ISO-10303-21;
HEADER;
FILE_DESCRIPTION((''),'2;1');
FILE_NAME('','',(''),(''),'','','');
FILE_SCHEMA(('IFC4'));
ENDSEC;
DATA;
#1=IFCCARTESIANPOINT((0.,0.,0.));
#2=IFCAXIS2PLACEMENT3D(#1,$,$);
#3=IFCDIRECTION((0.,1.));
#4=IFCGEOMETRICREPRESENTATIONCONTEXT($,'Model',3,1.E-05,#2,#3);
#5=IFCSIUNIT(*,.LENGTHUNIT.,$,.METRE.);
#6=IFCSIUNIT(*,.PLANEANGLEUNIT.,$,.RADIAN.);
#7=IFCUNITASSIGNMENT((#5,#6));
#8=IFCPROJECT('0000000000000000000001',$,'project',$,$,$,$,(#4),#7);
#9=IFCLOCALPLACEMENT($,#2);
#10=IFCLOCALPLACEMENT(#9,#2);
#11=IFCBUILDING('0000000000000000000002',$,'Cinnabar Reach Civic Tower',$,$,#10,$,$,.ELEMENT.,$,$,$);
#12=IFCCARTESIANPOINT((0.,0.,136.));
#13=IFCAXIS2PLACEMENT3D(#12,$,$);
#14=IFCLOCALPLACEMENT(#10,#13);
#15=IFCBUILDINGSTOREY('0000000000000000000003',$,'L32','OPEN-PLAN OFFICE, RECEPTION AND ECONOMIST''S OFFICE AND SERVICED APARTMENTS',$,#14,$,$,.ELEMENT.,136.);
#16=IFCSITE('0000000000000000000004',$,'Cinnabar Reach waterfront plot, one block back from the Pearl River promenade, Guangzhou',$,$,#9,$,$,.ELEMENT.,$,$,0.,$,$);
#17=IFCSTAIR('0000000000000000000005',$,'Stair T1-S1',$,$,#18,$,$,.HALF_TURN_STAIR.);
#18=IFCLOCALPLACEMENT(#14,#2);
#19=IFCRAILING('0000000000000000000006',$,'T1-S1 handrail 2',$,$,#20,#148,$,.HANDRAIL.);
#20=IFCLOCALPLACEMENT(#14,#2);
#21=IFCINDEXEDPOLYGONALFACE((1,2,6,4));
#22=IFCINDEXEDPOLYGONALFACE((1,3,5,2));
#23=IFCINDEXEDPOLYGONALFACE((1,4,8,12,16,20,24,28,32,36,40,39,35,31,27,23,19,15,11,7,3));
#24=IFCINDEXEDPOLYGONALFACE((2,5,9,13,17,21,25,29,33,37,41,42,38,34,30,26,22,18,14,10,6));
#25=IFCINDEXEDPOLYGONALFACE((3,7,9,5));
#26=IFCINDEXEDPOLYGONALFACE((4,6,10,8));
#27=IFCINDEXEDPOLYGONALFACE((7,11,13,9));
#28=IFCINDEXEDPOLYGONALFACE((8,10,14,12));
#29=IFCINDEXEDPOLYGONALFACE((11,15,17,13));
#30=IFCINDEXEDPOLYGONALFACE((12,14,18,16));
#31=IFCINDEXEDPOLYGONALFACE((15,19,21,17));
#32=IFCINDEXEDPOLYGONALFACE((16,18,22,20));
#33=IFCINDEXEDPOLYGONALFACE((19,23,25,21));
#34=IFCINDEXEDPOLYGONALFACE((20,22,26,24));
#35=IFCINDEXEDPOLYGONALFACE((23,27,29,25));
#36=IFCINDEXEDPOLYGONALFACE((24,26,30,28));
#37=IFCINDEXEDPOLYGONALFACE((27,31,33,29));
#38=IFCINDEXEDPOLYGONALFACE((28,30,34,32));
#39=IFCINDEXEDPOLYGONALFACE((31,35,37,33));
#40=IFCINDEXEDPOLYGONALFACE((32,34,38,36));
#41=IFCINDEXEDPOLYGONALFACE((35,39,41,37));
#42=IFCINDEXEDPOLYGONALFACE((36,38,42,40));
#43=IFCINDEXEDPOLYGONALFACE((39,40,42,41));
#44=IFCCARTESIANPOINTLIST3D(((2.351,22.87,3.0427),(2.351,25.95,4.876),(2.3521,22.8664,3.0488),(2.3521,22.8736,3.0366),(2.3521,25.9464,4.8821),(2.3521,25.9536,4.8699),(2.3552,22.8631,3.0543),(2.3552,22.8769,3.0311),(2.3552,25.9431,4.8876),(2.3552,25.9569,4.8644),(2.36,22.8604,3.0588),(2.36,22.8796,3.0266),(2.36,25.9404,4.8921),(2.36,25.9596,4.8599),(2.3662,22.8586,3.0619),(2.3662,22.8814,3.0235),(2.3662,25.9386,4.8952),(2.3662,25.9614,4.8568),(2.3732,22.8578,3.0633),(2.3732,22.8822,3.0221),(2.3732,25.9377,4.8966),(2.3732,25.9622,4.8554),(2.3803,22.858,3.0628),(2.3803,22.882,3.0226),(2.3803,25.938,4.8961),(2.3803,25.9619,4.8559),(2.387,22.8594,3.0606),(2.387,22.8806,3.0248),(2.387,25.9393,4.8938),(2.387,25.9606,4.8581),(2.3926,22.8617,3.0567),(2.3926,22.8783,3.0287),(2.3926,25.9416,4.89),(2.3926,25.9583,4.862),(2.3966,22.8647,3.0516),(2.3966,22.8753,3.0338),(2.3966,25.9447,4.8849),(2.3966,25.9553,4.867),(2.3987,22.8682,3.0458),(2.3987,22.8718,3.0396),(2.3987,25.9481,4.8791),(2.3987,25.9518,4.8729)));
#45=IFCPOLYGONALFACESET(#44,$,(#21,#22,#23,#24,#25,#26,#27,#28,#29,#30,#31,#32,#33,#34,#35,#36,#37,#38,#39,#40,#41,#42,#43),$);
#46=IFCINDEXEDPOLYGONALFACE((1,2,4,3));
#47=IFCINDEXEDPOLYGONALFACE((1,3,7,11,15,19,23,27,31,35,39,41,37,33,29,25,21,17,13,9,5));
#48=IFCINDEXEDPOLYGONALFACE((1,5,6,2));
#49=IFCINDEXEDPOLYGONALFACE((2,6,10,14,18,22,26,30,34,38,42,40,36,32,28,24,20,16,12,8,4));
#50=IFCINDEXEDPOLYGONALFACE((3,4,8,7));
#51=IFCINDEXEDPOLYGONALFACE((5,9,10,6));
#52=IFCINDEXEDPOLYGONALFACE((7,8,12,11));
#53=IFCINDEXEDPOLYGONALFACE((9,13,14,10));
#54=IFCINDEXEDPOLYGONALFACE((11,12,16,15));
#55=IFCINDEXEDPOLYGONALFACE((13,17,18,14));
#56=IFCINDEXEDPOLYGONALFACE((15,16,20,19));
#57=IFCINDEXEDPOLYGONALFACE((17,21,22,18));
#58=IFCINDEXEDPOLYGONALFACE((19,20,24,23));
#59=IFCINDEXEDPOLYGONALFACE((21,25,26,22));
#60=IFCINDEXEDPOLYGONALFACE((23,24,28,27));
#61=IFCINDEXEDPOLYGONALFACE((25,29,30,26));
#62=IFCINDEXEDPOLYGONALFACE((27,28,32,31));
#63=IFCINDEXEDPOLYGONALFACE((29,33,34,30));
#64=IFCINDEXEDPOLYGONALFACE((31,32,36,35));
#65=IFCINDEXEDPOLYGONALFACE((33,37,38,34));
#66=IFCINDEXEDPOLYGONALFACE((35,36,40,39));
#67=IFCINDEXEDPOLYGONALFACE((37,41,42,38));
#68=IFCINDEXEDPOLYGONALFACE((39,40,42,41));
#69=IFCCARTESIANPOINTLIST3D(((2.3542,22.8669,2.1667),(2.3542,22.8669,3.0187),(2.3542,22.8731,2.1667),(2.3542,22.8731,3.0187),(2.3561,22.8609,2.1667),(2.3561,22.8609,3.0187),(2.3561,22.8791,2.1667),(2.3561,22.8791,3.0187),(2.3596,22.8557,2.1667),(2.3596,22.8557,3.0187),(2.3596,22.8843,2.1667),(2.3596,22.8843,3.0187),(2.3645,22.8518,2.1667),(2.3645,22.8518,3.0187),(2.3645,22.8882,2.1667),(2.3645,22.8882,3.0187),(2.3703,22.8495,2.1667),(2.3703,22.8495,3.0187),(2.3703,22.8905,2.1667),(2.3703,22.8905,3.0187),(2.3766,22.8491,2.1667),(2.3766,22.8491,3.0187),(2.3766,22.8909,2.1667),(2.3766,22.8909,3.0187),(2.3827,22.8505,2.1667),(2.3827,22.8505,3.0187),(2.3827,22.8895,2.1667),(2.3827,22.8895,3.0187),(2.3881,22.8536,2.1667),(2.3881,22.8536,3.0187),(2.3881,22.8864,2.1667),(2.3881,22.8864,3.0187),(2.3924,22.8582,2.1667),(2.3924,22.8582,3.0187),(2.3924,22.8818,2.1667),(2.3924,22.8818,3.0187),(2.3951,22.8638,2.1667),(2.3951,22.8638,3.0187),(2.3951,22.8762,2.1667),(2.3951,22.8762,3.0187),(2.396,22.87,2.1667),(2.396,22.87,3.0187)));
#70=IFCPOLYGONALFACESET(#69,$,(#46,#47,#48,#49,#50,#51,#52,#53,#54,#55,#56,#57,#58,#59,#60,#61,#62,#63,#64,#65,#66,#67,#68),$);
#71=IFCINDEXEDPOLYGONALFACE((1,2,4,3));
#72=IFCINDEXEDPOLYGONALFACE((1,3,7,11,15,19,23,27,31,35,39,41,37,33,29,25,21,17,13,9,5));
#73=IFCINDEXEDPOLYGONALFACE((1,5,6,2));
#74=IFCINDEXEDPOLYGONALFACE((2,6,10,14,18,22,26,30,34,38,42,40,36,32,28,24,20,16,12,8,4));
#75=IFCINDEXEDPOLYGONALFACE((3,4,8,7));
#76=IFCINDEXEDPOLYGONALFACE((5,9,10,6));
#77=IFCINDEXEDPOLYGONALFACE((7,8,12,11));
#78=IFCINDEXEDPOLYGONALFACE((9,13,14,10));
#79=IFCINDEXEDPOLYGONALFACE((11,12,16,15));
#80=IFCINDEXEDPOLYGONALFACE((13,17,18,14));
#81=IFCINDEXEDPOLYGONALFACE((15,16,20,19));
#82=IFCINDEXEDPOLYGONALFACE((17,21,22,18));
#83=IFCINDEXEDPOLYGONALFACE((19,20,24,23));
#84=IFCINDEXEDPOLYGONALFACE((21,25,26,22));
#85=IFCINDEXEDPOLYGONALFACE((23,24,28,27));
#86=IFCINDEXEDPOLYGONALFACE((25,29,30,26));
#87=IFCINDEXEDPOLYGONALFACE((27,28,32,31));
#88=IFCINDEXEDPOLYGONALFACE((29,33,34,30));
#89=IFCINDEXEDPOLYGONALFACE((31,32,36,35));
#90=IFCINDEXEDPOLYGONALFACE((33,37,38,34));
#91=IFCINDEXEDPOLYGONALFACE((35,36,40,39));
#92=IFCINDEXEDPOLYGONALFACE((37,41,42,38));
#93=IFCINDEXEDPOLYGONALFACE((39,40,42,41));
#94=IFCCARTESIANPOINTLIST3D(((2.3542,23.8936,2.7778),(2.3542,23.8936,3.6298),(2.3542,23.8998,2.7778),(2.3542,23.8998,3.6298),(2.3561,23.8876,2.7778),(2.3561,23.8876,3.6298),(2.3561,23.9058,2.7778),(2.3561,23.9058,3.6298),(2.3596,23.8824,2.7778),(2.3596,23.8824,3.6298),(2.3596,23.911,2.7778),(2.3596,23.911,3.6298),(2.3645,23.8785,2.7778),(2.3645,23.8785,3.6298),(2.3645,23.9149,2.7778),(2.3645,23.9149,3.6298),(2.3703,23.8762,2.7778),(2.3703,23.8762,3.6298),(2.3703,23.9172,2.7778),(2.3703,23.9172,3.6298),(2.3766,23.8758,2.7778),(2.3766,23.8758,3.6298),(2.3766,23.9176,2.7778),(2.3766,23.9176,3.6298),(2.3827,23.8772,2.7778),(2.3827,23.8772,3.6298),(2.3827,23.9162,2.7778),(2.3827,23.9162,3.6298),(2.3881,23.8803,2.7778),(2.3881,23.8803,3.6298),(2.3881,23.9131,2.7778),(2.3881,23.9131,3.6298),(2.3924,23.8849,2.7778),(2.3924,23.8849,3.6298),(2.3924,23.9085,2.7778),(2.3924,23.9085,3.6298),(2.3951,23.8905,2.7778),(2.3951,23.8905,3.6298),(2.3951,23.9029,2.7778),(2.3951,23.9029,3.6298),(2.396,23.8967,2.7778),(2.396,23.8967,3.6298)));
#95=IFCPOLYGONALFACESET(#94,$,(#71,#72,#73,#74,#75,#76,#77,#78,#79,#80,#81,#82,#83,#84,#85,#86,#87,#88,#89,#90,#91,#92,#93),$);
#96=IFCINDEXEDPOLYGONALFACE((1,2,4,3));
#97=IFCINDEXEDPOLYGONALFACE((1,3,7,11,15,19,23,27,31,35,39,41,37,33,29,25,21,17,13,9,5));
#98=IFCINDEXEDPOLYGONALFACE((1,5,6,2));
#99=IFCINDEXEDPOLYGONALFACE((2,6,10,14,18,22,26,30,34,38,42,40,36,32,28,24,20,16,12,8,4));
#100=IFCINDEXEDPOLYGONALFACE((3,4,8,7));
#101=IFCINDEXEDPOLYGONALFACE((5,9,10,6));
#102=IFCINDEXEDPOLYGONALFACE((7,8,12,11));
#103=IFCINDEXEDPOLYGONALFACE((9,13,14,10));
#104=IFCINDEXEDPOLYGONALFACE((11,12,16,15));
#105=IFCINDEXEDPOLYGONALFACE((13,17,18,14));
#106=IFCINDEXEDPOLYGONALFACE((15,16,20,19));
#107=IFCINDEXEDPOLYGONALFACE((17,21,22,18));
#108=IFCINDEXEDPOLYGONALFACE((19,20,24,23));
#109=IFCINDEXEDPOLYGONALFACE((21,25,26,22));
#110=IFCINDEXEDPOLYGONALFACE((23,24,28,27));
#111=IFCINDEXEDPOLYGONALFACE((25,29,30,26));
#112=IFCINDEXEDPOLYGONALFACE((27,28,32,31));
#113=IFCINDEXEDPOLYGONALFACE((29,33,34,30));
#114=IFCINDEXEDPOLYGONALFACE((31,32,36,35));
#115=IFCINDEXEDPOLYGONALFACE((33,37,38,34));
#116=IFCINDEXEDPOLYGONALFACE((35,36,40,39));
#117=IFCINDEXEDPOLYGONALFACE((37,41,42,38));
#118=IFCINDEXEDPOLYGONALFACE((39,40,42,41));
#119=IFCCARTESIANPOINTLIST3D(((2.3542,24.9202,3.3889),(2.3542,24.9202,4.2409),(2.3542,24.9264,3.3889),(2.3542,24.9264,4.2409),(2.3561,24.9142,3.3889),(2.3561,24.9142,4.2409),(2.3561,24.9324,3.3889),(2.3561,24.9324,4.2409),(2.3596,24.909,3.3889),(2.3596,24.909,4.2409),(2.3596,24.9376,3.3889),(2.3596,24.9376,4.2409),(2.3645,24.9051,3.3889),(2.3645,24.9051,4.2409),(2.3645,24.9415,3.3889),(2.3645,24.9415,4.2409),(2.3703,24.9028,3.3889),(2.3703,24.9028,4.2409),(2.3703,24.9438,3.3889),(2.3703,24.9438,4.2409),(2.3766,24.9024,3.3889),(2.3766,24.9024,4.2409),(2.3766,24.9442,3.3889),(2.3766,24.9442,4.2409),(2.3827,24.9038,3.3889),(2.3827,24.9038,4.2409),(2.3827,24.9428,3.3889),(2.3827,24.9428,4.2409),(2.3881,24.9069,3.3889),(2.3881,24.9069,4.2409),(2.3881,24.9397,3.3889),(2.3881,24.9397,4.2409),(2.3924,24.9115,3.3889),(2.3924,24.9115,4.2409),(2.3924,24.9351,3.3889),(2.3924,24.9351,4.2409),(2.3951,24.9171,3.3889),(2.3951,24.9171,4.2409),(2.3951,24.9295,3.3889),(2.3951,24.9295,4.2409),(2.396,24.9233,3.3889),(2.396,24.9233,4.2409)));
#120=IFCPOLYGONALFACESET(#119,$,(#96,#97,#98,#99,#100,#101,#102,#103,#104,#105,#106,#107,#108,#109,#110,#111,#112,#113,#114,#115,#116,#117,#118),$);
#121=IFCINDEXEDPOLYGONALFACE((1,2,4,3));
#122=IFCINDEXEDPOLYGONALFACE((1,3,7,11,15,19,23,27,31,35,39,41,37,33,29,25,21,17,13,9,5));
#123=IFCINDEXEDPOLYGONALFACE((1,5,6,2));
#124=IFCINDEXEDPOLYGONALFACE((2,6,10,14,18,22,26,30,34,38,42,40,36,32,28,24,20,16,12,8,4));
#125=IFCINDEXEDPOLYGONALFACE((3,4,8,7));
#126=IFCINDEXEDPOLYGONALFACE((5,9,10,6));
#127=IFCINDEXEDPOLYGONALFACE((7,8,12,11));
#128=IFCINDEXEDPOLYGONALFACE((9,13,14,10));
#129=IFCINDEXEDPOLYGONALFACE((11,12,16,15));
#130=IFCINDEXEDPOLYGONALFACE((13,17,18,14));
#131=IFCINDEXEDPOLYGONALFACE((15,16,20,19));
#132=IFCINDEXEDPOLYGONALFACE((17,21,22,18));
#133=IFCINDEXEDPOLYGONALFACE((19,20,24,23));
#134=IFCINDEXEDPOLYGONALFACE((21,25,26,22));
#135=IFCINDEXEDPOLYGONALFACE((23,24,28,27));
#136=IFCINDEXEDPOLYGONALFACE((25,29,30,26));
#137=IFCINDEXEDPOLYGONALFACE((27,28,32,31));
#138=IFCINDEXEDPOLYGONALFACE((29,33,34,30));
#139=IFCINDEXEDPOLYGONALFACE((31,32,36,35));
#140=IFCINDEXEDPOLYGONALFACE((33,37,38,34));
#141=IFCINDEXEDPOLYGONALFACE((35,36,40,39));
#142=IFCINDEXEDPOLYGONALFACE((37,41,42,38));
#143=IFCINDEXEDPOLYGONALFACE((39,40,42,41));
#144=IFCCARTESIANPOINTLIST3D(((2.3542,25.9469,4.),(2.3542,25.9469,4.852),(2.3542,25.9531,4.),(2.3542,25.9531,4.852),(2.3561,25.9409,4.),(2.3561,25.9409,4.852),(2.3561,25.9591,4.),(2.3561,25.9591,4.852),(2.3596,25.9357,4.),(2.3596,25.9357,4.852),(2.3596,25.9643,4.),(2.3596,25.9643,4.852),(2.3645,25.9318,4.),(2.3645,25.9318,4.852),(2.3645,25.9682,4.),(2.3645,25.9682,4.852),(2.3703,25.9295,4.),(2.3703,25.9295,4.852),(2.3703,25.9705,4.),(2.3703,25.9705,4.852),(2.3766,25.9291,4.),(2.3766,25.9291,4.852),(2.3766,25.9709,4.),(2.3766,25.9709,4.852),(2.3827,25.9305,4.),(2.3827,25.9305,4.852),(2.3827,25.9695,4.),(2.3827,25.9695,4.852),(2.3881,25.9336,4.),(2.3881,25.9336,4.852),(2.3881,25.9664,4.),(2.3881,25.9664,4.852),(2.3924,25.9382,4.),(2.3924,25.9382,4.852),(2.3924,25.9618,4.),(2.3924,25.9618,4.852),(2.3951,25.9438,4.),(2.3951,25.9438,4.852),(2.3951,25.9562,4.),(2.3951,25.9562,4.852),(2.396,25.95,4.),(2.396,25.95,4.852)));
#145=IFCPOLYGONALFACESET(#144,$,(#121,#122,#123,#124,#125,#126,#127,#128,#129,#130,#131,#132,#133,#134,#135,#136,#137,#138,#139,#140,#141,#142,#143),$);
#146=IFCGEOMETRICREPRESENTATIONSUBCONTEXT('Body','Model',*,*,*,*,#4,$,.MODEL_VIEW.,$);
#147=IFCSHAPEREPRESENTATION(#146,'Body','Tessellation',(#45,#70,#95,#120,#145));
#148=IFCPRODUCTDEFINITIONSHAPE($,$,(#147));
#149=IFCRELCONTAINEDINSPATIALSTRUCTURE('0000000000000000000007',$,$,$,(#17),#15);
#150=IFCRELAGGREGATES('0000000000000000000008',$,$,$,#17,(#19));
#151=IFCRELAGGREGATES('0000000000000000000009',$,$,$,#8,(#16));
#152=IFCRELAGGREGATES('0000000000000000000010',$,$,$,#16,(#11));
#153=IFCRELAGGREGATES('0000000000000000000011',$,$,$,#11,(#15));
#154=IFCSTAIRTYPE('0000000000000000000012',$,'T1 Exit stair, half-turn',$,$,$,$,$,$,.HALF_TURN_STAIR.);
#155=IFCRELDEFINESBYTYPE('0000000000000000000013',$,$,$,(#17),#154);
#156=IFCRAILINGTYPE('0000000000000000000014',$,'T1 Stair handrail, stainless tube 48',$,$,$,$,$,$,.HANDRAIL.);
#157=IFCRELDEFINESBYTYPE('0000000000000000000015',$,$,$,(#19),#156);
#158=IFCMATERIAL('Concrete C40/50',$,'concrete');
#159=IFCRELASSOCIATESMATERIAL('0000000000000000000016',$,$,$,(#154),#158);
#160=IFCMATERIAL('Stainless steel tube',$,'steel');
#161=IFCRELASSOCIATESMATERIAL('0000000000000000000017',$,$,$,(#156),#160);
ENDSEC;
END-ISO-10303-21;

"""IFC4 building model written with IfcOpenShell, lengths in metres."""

from ifc_helpers import new_model, si_unit, direction, frame, origin, origin_2d, place, context, subcontext, project, spatial, circle, extrude, material, type_object, element, aggregate, save


model = new_model("IFC4")

# Units and contexts
model_context = context("Model", 3, precision=1e-05, world=origin(), true_north=direction((0.0, 1.0)))
body_context = subcontext(model_context, "Body", "Model", "MODEL_VIEW")
ifc_project = project(units=[si_unit("LENGTHUNIT", "METRE"), si_unit("PLANEANGLEUNIT", "RADIAN")], contexts=[model_context])

# Site, building, storey
site_placement = place(None, origin())
site = spatial("IfcSite", under=ifc_project, at=site_placement, Name="Cinnabar Reach waterfront plot, one block back from the Pearl River promenade, Guangzhou", CompositionType="ELEMENT", RefElevation=0.0)
building_placement = place(site_placement, origin())
building = spatial("IfcBuilding", under=site, at=building_placement, Name="Cinnabar Reach Civic Tower", CompositionType="ELEMENT")
storey_placement = place(building_placement, frame((0.0, 0.0, 136.0)))
storey = spatial("IfcBuildingStorey", under=building, at=storey_placement, Name="L32", Description="OPEN-PLAN OFFICE, RECEPTION AND ECONOMIST'S OFFICE AND SERVICED APARTMENTS", CompositionType="ELEMENT", Elevation=136.0)

# Stair, railing
ifc_material_1 = material(Name="Concrete C40/50", Category="concrete")
stair_type = type_object("IfcStairType", Name="T1 Exit stair, half-turn", PredefinedType="HALF_TURN_STAIR", material=ifc_material_1)
stair_placement = place(storey_placement, origin())
stair = element("IfcStair", 1, at=stair_placement, inside=storey, type_object=stair_type, Name="Stair T1-S1", PredefinedType="HALF_TURN_STAIR")
ifc_material_2 = material(Name="Stainless steel tube", Category="steel")
railing_type = type_object("IfcRailingType", Name="T1 Stair handrail, stainless tube 48", PredefinedType="HANDRAIL", material=ifc_material_2)
railing_1_placement = place(storey_placement, frame((2.375, 22.87, 2.1667)))
railing_1 = element("IfcRailing", 2, at=railing_1_placement, type_object=railing_type, Name="T1-S1 handrail 2", PredefinedType="HANDRAIL", context=body_context, shape_type="SweptSolid", body=[
    extrude(circle(Radius=0.024, at=origin_2d()), frame((0.0, 0.0, 0.876), z_axis=(0.0, 0.859297, 0.511477), x_axis=(-1.0, 0.0, 0.0)), (0.0, 0.0, 1.0), 3.5843),
    extrude(circle(Radius=0.021, at=origin_2d()), origin(), (0.0, 0.0, 1.0), 0.852),
    extrude(circle(Radius=0.021, at=origin_2d()), frame((0.0, 1.0267, 0.6111)), (0.0, 0.0, 1.0), 0.852),
    extrude(circle(Radius=0.021, at=origin_2d()), frame((0.0, 2.0533, 1.2222)), (0.0, 0.0, 1.0), 0.852),
    extrude(circle(Radius=0.021, at=origin_2d()), frame((0.0, 3.08, 1.8333)), (0.0, 0.0, 1.0), 0.852),
])
aggregate(stair, [railing_1])

save(model, "model.ifc")
